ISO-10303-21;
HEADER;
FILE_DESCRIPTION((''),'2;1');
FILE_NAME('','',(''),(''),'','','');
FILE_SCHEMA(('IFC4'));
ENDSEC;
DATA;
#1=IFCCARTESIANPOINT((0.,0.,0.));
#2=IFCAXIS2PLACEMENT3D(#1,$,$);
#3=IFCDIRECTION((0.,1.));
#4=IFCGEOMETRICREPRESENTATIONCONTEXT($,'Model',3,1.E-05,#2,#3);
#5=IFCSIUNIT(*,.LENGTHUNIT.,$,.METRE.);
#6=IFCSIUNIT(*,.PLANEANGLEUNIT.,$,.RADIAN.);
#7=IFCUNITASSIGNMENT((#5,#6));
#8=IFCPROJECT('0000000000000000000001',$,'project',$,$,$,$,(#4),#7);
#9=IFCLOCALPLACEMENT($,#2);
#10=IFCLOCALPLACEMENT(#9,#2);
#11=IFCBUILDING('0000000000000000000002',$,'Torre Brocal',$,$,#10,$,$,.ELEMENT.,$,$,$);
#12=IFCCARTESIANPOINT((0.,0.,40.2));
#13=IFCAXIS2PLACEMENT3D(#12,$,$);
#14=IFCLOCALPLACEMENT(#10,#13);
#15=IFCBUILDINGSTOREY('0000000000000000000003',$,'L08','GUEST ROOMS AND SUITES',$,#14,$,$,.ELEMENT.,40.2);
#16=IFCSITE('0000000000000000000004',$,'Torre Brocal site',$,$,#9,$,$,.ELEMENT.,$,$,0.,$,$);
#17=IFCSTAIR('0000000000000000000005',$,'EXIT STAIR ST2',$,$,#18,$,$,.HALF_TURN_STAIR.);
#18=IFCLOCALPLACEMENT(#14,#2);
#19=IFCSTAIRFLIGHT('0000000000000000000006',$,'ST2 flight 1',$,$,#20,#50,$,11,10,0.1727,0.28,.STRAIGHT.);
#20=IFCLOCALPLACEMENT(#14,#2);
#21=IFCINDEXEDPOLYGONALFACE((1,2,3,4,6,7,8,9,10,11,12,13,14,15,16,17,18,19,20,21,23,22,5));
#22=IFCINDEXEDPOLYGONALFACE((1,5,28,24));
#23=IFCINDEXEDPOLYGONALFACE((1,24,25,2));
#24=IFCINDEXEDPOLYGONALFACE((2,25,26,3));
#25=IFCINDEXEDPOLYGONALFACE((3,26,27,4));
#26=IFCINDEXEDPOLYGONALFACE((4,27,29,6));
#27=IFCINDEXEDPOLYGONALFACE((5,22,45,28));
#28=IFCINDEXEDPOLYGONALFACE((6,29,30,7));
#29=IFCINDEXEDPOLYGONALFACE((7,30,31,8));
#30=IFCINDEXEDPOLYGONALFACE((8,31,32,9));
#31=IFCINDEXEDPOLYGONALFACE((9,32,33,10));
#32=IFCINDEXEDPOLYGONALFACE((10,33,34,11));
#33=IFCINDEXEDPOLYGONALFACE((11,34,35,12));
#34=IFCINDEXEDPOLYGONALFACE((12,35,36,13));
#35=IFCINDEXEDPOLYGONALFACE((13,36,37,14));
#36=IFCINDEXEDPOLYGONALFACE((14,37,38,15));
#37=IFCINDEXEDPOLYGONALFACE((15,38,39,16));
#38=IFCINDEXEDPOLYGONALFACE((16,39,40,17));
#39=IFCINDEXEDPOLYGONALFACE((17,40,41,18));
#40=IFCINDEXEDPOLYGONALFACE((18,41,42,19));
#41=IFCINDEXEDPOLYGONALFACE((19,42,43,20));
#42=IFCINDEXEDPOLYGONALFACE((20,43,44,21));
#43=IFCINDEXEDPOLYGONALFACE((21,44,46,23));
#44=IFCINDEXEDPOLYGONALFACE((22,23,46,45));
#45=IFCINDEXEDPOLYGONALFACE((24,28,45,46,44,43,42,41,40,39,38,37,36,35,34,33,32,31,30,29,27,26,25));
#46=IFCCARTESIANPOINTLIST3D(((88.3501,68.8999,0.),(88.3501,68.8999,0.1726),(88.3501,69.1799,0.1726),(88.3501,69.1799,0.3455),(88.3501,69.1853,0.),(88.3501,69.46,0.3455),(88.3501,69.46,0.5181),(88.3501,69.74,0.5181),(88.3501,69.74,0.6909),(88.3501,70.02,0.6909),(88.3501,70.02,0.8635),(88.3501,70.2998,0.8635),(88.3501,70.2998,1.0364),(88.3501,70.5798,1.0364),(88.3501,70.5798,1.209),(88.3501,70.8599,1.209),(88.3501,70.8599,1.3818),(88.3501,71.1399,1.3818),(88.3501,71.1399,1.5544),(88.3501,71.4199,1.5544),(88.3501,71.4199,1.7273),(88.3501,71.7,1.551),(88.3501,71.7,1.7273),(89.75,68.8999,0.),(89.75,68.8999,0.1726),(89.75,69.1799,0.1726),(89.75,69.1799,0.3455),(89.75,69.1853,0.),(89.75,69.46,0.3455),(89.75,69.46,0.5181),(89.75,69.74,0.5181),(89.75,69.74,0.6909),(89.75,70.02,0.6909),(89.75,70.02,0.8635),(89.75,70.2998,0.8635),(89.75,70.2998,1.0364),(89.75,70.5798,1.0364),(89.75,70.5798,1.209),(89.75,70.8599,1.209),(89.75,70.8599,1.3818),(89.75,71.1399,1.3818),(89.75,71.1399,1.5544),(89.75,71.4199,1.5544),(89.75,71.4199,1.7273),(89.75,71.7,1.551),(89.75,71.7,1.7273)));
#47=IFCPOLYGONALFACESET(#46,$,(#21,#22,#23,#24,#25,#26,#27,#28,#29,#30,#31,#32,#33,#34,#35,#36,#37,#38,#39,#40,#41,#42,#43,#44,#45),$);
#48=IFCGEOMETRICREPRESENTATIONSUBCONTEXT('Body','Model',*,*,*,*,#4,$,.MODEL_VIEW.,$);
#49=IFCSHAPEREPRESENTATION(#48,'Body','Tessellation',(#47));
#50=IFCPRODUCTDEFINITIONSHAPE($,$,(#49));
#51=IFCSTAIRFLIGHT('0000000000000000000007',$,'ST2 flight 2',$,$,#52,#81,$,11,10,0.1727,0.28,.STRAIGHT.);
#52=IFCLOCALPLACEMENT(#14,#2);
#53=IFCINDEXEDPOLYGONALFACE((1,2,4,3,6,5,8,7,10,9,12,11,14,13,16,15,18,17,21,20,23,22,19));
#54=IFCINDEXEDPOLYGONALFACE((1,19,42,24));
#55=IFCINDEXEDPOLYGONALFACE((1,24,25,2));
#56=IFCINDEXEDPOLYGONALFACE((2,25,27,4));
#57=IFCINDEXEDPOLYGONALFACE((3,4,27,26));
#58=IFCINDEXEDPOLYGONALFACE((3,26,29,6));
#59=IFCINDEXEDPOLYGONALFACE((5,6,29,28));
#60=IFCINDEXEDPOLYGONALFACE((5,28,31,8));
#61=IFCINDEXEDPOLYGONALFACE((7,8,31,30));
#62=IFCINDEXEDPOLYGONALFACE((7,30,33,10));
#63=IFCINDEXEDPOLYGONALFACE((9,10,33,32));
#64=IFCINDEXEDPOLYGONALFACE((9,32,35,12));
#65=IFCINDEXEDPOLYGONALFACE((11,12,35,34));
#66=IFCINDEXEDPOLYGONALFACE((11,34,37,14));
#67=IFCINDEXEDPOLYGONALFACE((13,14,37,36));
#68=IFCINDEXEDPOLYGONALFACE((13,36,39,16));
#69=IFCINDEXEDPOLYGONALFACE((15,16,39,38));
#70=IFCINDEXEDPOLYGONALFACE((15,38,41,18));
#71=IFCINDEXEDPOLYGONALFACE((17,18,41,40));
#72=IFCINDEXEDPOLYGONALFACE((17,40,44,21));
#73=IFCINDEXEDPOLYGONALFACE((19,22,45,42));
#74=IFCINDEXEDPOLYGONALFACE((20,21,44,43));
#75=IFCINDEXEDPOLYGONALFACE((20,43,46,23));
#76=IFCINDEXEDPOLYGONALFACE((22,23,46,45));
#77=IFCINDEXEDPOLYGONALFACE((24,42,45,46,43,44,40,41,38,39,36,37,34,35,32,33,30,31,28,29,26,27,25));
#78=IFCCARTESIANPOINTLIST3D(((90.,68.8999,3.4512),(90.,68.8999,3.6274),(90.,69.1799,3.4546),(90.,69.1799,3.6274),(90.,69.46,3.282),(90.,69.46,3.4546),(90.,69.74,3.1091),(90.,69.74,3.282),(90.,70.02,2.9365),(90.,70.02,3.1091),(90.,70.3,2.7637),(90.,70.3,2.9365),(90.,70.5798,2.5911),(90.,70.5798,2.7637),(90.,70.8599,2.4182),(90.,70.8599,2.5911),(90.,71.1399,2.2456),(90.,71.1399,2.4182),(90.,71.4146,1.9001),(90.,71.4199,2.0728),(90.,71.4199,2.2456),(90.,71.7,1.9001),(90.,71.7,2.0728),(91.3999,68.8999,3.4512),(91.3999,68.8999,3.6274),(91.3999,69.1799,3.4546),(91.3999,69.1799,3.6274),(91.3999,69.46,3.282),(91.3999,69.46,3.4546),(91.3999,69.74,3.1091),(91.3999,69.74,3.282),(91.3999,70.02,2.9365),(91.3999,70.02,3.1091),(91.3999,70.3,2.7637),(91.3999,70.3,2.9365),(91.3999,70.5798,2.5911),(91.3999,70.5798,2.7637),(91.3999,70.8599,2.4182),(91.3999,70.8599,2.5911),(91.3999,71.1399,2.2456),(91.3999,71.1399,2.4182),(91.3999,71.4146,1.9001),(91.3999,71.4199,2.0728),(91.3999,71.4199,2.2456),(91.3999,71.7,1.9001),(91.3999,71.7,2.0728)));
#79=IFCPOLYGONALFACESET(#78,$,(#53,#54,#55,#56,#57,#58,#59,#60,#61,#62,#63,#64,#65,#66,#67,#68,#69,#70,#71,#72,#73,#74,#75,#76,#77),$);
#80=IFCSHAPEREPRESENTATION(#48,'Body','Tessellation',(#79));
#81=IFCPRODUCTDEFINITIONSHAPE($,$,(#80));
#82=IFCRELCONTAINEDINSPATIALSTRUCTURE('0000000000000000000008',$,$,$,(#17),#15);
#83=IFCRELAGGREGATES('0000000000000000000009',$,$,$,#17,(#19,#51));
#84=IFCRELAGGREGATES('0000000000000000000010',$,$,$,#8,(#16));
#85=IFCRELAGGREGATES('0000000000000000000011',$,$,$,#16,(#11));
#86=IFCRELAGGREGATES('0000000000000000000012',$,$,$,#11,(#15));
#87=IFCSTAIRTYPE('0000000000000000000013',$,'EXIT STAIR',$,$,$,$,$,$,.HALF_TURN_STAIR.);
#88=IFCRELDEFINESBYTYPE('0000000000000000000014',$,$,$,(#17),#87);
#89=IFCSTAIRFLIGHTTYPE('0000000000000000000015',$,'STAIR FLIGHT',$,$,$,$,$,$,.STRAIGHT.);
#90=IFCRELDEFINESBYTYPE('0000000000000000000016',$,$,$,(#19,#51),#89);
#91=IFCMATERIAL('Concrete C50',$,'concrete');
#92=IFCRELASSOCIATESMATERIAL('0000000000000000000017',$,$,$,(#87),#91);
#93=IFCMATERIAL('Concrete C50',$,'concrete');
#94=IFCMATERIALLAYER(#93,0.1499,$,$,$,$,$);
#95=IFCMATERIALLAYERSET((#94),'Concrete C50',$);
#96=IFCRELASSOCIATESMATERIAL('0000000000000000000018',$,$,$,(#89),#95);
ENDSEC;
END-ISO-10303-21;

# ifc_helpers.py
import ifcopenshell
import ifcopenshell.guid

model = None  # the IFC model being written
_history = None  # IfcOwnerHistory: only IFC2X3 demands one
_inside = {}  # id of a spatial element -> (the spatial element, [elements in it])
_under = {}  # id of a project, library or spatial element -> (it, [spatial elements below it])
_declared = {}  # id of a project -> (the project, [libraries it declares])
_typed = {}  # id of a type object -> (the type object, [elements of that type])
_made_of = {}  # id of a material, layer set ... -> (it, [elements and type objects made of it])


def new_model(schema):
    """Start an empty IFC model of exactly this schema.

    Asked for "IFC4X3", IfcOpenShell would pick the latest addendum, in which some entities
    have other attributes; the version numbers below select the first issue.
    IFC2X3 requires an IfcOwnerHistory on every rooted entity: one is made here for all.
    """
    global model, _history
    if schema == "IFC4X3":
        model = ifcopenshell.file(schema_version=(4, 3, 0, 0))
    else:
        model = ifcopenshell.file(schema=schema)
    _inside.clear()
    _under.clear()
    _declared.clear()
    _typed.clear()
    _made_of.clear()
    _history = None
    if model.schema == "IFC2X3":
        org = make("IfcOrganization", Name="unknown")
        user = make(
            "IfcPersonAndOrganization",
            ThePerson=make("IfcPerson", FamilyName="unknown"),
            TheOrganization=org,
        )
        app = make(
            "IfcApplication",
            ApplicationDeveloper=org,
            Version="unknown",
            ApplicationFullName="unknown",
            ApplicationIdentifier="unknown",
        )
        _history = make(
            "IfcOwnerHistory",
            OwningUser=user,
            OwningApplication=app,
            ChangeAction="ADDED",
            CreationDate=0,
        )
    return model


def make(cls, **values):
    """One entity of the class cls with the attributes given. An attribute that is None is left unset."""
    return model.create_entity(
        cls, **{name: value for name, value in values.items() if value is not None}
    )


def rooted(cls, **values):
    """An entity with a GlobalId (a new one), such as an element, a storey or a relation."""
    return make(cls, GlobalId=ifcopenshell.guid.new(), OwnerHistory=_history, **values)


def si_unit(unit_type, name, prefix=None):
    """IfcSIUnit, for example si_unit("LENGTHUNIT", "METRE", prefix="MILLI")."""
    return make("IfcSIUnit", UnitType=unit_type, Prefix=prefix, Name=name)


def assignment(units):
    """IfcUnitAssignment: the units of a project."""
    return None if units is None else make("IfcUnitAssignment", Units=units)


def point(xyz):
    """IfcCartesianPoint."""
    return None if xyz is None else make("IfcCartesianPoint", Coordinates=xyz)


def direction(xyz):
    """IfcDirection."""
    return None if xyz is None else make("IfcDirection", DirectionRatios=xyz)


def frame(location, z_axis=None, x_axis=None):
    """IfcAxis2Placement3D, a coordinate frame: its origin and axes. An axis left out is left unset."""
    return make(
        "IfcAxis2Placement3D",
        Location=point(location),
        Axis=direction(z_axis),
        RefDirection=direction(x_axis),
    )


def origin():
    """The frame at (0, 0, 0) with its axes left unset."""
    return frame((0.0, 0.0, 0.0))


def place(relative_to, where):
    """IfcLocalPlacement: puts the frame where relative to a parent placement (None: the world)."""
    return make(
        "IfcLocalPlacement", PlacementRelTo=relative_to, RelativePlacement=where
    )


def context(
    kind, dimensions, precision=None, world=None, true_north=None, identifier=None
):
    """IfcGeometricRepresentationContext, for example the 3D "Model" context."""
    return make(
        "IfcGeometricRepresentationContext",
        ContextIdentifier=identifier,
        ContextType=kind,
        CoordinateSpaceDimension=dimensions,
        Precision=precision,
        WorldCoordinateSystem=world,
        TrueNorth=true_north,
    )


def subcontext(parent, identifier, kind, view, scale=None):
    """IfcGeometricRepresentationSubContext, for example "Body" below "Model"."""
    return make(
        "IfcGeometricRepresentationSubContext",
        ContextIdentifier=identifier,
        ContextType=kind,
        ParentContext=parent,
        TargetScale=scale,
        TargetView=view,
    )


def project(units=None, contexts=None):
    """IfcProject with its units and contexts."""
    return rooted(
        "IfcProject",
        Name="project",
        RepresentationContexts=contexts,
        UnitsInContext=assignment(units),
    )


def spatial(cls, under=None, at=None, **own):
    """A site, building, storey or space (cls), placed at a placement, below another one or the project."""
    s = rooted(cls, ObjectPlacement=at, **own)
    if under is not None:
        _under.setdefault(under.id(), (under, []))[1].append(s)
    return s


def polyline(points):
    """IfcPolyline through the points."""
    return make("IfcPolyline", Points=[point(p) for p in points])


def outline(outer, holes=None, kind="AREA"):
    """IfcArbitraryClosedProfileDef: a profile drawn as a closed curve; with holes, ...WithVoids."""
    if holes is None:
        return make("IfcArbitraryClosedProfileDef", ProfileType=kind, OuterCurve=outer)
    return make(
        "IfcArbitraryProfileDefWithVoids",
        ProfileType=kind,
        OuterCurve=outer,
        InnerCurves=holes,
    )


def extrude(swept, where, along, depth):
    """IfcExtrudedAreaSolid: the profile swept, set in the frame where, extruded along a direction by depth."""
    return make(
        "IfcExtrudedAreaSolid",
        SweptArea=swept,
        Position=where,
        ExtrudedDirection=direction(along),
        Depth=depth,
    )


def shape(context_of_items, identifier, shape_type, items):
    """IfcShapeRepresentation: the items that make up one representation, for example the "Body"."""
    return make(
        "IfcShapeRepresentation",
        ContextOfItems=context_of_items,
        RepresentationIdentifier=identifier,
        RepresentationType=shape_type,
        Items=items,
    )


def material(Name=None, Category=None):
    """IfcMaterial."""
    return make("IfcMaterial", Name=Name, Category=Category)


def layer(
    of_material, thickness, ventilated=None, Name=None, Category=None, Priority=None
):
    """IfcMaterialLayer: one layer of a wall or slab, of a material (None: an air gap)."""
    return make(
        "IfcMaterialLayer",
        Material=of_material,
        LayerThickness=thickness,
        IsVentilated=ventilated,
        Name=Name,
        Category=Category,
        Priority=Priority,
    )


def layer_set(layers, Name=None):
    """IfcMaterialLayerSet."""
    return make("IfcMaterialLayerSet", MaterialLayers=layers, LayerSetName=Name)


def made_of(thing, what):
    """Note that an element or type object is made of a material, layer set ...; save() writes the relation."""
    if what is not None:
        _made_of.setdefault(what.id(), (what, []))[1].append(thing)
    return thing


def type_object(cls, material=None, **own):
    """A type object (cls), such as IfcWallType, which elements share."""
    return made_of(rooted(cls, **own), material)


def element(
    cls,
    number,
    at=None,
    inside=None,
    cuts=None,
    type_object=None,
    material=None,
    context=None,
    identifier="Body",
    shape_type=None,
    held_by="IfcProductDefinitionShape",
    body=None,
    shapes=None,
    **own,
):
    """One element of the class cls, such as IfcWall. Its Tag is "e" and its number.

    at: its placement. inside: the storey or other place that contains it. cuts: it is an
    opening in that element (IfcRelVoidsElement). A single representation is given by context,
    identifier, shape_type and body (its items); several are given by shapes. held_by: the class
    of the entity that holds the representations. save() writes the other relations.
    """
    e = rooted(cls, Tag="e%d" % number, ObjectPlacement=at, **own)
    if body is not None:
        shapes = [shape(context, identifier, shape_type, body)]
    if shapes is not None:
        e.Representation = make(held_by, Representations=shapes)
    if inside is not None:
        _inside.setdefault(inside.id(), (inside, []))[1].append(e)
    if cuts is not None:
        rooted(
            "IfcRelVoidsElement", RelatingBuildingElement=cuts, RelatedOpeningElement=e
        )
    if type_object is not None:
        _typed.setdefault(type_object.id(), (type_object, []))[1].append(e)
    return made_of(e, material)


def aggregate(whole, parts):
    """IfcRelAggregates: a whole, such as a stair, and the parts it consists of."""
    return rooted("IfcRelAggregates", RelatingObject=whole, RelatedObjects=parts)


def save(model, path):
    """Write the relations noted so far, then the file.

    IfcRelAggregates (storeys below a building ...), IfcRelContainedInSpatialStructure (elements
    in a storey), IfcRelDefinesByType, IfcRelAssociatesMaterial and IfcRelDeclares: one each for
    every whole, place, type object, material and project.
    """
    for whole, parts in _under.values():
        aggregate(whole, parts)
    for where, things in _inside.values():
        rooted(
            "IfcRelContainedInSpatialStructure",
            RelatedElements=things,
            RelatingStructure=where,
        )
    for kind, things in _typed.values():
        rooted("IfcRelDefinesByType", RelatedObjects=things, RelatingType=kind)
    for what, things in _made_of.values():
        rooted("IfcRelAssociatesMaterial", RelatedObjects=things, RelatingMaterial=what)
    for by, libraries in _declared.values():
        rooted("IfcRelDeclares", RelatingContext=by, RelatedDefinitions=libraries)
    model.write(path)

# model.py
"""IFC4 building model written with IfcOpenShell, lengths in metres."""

from ifc_helpers import new_model, si_unit, direction, frame, origin, place, context, subcontext, project, spatial, polyline, outline, extrude, material, layer, layer_set, type_object, element, aggregate, save


model = new_model("IFC4")

# Units and contexts
model_context = context("Model", 3, precision=1e-05, world=origin(), true_north=direction((0.0, 1.0)))
body_context = subcontext(model_context, "Body", "Model", "MODEL_VIEW")
ifc_project = project(units=[si_unit("LENGTHUNIT", "METRE"), si_unit("PLANEANGLEUNIT", "RADIAN")], contexts=[model_context])

# Site, building, storey
site_placement = place(None, origin())
site = spatial("IfcSite", under=ifc_project, at=site_placement, Name="Torre Brocal site", CompositionType="ELEMENT", RefElevation=0.0)
building_placement = place(site_placement, origin())
building = spatial("IfcBuilding", under=site, at=building_placement, Name="Torre Brocal", CompositionType="ELEMENT")
storey_placement = place(building_placement, frame((0.0, 0.0, 40.2)))
storey = spatial("IfcBuildingStorey", under=building, at=storey_placement, Name="L08", Description="GUEST ROOMS AND SUITES", CompositionType="ELEMENT", Elevation=40.2)

# Stair, stair flights
ifc_material_1 = material(Name="Concrete C50", Category="concrete")
stair_type = type_object("IfcStairType", Name="EXIT STAIR", PredefinedType="HALF_TURN_STAIR", material=ifc_material_1)
stair_placement = place(storey_placement, origin())
stair = element("IfcStair", 1, at=stair_placement, inside=storey, type_object=stair_type, Name="EXIT STAIR ST2", PredefinedType="HALF_TURN_STAIR")
ifc_material_2 = material(Name="Concrete C50", Category="concrete")
ifc_layer_1 = layer(ifc_material_2, 0.1499)
ifc_layer_set_1 = layer_set([ifc_layer_1], Name="Concrete C50")
stair_flight_type = type_object("IfcStairFlightType", Name="STAIR FLIGHT", PredefinedType="STRAIGHT", material=ifc_layer_set_1)
stair_flight_1_placement = place(storey_placement, frame((89.05, 68.8999, 0.0), z_axis=(0.0, 0.0, 1.0), x_axis=(0.0, 1.0, 0.0)))
stair_flight_1 = element("IfcStairFlight", 2, at=stair_flight_1_placement, type_object=stair_flight_type, Name="ST2 flight 1", NumberOfRisers=11, NumberOfTreads=10, PredefinedType="STRAIGHT", RiserHeight=0.1727, TreadLength=0.28, context=body_context, shape_type="SweptSolid", body=[
    extrude(outline(polyline([(0.0, 0.0), (0.0, 0.1726), (0.28, 0.1726), (0.28, 0.3455), (0.5601, 0.3455), (0.5601, 0.5181), (0.8401, 0.5181), (0.8401, 0.6909), (1.1201, 0.6909), (1.1201, 0.8635), (1.3999, 0.8635), (1.3999, 1.0364), (1.6799, 1.0364), (1.6799, 1.209), (1.96, 1.209), (1.96, 1.3818), (2.24, 1.3818), (2.24, 1.5544), (2.52, 1.5544), (2.52, 1.7273), (2.8, 1.7273), (2.8, 1.8999), (2.8, 1.551), (0.2854, 0.0), (0.0, 0.0)])), frame((0.0, 0.7, 0.0), z_axis=(0.0, -1.0, 0.0), x_axis=(1.0, 0.0, 0.0)), (0.0, 0.0, 1.0), 1.3999),
])
stair_flight_2_placement = place(storey_placement, frame((90.7, 71.7, 1.9001), z_axis=(0.0, 0.0, 1.0), x_axis=(0.0, -1.0, 0.0)))
stair_flight_2 = element("IfcStairFlight", 3, at=stair_flight_2_placement, type_object=stair_flight_type, Name="ST2 flight 2", NumberOfRisers=11, NumberOfTreads=10, PredefinedType="STRAIGHT", RiserHeight=0.1727, TreadLength=0.28, context=body_context, shape_type="SweptSolid", body=[
    extrude(outline(polyline([(0.0, 0.0), (0.0, 0.1726), (0.28, 0.1726), (0.28, 0.3455), (0.5601, 0.3455), (0.5601, 0.5181), (0.8401, 0.5181), (0.8401, 0.6909), (1.1201, 0.6909), (1.1201, 0.8635), (1.3999, 0.8635), (1.3999, 1.0364), (1.6799, 1.0364), (1.6799, 1.209), (1.96, 1.209), (1.96, 1.3818), (2.24, 1.3818), (2.24, 1.5544), (2.52, 1.5544), (2.52, 1.7273), (2.8, 1.7273), (2.8, 1.8999), (2.8, 1.551), (0.2854, 0.0), (0.0, 0.0)])), frame((0.0, 0.7, 0.0), z_axis=(0.0, -1.0, 0.0), x_axis=(1.0, 0.0, 0.0)), (0.0, 0.0, 1.0), 1.3999),
])
aggregate(stair, [stair_flight_1, stair_flight_2])

save(model, "model.ifc")
